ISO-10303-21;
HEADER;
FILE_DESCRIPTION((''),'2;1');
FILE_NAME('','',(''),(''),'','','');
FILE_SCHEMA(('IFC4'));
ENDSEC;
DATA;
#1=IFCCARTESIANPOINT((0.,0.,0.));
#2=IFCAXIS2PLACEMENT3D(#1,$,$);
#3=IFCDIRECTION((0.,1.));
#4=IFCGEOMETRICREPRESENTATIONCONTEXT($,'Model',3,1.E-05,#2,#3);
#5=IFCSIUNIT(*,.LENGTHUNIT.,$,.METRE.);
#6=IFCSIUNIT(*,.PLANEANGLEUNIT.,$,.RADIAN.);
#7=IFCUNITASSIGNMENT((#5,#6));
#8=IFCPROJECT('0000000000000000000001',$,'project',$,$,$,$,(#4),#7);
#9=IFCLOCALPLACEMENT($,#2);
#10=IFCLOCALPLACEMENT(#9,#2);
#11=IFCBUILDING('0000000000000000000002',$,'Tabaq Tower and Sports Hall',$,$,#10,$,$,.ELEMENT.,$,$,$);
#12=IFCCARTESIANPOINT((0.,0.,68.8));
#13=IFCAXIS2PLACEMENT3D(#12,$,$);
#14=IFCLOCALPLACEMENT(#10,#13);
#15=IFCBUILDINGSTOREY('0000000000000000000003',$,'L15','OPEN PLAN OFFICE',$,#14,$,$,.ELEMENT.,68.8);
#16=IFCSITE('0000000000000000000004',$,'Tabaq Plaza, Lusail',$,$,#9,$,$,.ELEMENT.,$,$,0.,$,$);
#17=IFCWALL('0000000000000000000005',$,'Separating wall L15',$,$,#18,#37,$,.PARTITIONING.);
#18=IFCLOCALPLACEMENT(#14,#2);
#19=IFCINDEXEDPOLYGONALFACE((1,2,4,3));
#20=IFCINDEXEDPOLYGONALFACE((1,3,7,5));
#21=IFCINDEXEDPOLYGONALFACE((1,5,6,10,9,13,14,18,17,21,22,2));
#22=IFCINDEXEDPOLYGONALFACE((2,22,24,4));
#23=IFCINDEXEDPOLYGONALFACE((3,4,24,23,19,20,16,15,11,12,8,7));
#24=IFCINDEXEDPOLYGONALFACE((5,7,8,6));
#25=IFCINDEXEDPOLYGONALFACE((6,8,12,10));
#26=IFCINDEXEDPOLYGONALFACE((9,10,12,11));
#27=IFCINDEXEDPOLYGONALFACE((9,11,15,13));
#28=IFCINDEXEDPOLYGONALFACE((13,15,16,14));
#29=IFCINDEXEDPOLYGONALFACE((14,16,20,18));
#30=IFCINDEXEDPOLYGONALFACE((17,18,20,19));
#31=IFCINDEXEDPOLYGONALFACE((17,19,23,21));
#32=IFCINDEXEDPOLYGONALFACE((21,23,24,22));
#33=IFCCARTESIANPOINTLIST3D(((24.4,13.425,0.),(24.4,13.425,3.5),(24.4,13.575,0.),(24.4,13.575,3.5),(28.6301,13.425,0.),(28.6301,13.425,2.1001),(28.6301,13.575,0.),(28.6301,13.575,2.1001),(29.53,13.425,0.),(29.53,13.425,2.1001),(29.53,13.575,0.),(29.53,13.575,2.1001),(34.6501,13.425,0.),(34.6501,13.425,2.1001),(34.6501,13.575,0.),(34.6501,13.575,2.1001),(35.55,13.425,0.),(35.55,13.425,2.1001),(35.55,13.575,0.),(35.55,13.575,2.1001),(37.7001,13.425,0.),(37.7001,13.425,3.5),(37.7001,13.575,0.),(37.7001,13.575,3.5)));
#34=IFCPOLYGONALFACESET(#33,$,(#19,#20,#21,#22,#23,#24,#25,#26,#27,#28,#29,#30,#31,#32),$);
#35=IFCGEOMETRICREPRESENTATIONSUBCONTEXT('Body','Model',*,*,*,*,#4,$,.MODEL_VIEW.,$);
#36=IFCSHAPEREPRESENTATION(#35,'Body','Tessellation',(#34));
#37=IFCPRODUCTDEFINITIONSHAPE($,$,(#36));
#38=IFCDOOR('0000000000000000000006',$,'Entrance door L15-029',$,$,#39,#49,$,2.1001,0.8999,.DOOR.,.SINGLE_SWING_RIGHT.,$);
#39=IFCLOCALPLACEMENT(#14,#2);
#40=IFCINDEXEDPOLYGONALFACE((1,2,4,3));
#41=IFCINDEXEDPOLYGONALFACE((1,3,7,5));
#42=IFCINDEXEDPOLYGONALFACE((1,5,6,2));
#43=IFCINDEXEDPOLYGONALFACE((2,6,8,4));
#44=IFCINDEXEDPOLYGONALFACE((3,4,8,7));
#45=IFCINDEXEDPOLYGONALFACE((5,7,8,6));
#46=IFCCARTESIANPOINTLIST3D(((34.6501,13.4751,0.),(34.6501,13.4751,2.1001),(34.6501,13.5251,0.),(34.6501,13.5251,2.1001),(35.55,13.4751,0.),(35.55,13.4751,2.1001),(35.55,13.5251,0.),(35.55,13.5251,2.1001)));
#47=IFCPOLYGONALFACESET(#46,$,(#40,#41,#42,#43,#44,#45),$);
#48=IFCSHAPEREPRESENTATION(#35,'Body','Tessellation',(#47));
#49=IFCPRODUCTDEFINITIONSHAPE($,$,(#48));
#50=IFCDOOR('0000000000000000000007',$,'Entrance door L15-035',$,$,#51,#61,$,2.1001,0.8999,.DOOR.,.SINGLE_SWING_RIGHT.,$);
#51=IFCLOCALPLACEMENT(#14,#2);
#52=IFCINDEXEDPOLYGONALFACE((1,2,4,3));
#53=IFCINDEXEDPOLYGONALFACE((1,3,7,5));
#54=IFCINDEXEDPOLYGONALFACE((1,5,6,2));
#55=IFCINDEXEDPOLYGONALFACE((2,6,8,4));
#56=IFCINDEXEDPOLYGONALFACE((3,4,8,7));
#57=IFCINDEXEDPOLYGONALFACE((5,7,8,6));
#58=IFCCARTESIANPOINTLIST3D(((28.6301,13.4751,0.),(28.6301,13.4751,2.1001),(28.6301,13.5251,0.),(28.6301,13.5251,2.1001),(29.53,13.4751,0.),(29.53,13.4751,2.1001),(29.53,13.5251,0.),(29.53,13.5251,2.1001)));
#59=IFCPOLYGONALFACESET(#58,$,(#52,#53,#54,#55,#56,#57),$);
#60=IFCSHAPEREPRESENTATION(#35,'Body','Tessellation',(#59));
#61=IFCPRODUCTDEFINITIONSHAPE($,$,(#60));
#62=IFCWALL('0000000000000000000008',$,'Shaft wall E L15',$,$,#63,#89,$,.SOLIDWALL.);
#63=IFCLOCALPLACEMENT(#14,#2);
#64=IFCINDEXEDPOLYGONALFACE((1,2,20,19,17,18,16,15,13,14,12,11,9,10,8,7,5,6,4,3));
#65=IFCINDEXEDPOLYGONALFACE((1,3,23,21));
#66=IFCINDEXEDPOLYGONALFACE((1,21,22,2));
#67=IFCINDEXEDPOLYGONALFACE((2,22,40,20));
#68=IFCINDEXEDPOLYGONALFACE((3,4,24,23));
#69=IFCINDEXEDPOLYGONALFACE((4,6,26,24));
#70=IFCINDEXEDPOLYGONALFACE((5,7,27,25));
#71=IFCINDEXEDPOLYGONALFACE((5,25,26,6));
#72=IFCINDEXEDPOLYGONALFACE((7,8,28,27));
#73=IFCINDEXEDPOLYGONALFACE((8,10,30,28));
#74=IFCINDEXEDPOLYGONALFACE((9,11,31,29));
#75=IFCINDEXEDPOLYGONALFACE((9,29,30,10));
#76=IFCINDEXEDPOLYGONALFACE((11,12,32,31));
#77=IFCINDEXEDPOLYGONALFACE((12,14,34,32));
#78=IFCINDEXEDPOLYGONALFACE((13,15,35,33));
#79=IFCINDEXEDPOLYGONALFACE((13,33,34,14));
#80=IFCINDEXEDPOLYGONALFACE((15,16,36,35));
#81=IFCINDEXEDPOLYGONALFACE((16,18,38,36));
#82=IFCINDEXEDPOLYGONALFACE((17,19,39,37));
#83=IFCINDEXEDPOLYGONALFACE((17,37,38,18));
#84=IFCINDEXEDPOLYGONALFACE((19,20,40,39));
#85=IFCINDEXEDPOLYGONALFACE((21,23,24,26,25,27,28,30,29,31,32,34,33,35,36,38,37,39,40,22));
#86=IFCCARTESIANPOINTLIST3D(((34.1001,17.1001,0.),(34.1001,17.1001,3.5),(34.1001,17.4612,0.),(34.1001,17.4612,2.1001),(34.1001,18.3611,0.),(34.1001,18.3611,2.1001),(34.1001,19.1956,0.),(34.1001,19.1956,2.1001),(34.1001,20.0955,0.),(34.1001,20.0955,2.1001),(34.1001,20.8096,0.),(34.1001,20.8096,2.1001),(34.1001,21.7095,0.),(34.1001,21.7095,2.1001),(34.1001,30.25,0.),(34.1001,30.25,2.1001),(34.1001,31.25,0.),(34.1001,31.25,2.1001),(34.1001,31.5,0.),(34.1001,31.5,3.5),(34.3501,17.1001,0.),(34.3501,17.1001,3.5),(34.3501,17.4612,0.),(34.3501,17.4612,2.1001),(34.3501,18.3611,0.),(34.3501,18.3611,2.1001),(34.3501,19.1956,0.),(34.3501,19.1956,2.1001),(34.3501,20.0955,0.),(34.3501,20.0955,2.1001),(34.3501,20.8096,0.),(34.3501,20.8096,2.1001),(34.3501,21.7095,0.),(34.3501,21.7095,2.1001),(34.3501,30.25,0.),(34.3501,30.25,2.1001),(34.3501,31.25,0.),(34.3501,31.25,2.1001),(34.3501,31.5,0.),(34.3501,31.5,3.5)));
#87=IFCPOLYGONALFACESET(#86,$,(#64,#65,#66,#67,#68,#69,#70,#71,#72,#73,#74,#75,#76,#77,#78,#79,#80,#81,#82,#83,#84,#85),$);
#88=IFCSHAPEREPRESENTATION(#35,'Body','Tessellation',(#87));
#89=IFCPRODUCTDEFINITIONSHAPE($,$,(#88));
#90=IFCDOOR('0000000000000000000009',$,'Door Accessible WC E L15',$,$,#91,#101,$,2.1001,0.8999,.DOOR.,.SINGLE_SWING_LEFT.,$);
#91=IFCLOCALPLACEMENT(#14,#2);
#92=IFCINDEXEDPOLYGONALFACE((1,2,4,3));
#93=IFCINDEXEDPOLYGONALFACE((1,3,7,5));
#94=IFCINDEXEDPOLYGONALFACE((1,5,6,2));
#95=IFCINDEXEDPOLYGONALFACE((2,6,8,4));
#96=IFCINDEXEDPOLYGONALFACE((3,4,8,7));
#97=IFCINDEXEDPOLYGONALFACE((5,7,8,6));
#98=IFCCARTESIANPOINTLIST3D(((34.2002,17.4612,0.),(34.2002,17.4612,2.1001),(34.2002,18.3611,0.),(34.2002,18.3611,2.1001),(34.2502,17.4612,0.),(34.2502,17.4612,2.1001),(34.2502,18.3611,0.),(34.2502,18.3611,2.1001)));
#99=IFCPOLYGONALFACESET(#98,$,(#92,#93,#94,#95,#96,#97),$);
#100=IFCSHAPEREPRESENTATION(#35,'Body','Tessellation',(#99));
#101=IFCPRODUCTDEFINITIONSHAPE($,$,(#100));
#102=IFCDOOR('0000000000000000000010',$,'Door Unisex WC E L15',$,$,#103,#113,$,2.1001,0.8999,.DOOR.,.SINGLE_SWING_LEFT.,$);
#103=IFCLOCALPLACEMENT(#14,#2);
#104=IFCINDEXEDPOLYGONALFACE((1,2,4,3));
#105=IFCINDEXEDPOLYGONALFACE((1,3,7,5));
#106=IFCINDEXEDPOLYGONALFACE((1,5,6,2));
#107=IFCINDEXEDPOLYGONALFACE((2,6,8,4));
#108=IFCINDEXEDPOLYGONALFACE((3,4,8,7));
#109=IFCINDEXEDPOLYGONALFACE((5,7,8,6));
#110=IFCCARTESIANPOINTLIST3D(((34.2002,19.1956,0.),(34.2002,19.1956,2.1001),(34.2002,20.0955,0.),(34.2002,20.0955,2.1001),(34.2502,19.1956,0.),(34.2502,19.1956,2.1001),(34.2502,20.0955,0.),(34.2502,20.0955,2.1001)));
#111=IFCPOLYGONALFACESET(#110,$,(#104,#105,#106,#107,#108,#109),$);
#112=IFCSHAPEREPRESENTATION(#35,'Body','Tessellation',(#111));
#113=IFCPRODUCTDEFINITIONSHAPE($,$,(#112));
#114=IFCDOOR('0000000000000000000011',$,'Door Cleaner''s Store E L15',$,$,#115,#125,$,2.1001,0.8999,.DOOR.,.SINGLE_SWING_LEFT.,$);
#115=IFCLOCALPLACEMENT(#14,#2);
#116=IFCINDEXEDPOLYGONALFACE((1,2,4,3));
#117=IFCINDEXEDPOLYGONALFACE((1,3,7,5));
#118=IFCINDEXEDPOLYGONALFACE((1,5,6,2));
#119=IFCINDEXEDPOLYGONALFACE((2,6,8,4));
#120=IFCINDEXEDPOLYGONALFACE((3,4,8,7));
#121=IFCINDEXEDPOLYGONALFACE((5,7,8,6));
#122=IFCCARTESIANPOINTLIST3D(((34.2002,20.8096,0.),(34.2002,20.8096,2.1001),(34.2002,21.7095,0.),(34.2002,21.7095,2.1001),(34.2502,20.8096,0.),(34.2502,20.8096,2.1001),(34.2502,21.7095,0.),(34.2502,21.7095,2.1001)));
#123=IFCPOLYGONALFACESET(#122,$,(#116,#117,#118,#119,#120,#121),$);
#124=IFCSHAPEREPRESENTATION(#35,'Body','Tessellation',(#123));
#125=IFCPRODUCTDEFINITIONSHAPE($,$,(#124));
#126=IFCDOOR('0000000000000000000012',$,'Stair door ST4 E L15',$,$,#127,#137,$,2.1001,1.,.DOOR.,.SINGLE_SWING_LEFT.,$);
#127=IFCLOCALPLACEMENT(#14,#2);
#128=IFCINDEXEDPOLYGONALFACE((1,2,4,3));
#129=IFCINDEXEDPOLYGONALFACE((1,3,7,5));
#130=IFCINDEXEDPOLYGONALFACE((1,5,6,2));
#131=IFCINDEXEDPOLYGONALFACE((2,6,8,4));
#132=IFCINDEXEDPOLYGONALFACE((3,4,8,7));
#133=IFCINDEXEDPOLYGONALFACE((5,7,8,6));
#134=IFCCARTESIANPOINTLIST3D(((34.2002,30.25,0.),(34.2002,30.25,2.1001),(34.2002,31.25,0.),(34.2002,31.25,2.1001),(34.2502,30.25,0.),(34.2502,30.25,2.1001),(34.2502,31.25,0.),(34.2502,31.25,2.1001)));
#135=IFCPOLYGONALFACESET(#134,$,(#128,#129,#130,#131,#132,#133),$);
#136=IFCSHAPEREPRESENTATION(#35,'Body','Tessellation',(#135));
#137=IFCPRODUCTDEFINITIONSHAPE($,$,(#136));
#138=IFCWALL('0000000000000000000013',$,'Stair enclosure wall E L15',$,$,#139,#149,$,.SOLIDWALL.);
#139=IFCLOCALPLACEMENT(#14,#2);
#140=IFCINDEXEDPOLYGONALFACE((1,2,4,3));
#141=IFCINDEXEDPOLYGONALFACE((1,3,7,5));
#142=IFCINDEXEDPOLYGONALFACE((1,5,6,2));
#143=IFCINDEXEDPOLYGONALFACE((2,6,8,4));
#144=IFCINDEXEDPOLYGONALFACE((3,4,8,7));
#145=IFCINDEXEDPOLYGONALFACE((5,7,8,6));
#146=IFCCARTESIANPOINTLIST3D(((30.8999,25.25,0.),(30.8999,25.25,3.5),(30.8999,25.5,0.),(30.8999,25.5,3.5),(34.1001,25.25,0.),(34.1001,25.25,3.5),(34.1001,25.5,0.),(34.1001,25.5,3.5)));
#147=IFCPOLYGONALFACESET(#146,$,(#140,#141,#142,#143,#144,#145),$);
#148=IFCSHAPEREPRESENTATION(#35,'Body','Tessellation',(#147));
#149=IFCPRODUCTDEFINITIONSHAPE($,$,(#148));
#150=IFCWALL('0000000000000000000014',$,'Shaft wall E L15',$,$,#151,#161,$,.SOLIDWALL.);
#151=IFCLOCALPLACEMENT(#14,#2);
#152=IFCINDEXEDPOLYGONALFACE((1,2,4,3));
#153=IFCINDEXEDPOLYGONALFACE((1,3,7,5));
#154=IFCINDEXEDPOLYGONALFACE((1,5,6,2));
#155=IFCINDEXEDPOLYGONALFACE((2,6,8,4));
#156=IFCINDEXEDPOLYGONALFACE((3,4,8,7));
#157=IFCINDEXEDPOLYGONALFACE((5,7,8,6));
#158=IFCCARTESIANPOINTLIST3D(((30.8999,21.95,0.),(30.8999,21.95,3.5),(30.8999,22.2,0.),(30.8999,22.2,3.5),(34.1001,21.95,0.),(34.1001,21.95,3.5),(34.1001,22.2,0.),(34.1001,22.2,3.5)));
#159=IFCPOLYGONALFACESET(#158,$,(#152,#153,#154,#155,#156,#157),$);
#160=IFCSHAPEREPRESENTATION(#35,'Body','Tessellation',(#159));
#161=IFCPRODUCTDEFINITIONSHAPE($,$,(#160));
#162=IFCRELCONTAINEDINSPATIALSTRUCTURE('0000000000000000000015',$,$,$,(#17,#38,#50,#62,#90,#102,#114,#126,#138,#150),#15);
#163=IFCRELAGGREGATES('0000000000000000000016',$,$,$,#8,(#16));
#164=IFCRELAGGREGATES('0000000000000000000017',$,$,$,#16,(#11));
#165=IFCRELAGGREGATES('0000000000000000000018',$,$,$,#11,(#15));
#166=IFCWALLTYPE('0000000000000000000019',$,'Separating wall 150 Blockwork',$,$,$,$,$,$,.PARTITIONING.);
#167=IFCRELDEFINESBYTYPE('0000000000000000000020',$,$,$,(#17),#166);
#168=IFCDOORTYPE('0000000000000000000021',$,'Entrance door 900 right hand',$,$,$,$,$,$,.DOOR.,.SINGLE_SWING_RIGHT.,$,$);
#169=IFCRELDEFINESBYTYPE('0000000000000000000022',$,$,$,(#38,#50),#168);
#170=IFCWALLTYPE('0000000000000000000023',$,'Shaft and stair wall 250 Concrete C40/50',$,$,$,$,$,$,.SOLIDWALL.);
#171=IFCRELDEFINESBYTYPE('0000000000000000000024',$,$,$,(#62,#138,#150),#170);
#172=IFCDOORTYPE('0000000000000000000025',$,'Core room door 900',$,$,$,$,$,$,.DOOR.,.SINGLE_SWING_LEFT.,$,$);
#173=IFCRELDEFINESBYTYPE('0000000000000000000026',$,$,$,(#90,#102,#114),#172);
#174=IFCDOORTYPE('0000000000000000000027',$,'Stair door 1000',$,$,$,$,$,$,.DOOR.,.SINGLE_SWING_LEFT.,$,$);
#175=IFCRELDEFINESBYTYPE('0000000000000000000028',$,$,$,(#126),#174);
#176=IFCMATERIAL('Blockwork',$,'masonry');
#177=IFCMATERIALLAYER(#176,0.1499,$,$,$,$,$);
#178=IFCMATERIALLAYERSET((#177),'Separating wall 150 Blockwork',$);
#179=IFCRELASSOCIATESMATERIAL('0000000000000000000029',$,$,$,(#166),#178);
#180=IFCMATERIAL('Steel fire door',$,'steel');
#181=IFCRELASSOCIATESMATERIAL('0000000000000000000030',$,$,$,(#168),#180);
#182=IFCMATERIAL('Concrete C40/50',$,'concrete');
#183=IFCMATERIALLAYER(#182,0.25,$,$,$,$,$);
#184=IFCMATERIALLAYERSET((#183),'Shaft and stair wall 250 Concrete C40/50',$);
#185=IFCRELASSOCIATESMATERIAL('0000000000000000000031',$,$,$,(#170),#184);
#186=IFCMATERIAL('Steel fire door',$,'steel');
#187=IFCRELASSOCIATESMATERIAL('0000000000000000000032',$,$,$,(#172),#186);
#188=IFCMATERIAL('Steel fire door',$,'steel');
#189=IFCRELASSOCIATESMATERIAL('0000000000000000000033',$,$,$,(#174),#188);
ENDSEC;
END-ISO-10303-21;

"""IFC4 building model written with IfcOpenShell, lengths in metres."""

from ifc_helpers import new_model, si_unit, direction, frame, frame_2d, origin, place, context, subcontext, project, spatial, rectangle, extrude, material, layer, layer_set, type_object, element, fill, save


model = new_model("IFC4")

# Units and contexts
model_context = context("Model", 3, precision=1e-05, world=origin(), true_north=direction((0.0, 1.0)))
body_context = subcontext(model_context, "Body", "Model", "MODEL_VIEW")
ifc_project = project(units=[si_unit("LENGTHUNIT", "METRE"), si_unit("PLANEANGLEUNIT", "RADIAN")], contexts=[model_context])

# Site, building, storey
site_placement = place(None, origin())
site = spatial("IfcSite", under=ifc_project, at=site_placement, Name="Tabaq Plaza, Lusail", CompositionType="ELEMENT", RefElevation=0.0)
building_placement = place(site_placement, origin())
building = spatial("IfcBuilding", under=site, at=building_placement, Name="Tabaq Tower and Sports Hall", CompositionType="ELEMENT")
storey_placement = place(building_placement, frame((0.0, 0.0, 68.8)))
storey = spatial("IfcBuildingStorey", under=building, at=storey_placement, Name="L15", Description="OPEN PLAN OFFICE", CompositionType="ELEMENT", Elevation=68.8)

# Walls, openings, doors
ifc_material_1 = material(Name="Blockwork", Category="masonry")
ifc_layer_1 = layer(ifc_material_1, 0.1499)
ifc_layer_set_1 = layer_set([ifc_layer_1], Name="Separating wall 150 Blockwork")
wall_type_1 = type_object("IfcWallType", Name="Separating wall 150 Blockwork", PredefinedType="PARTITIONING", material=ifc_layer_set_1)
wall_1_placement = place(storey_placement, frame((37.7, 13.5, 0.0), z_axis=(0.0, 0.0, 1.0), x_axis=(-1.0, 0.0, 0.0)))
wall_1 = element("IfcWall", 1, at=wall_1_placement, inside=storey, type_object=wall_type_1, Name="Separating wall L15", PredefinedType="PARTITIONING", context=body_context, shape_type="SweptSolid", body=[
    extrude(rectangle(XDim=13.3, YDim=0.1499, at=frame_2d((6.6499, 0.0))), origin(), (0.0, 0.0, 1.0), 3.5),
])
opening_1_placement = place(wall_1_placement, frame((2.1499, 0.0, 0.0)))
opening_1 = element("IfcOpeningElement", 2, at=opening_1_placement, cuts=wall_1, PredefinedType="OPENING", context=body_context, shape_type="SweptSolid", body=[
    extrude(rectangle(XDim=0.8999, YDim=2.1001, at=frame_2d((0.45, 1.05))), frame((0.0, 0.075, 0.0), z_axis=(0.0, -1.0, 0.0), x_axis=(1.0, 0.0, 0.0)), (0.0, 0.0, 1.0), 0.1499),
])
opening_2_placement = place(wall_1_placement, frame((8.1699, 0.0, 0.0)))
opening_2 = element("IfcOpeningElement", 3, at=opening_2_placement, cuts=wall_1, PredefinedType="OPENING", context=body_context, shape_type="SweptSolid", body=[
    extrude(rectangle(XDim=0.8999, YDim=2.1001, at=frame_2d((0.45, 1.05))), frame((0.0, 0.075, 0.0), z_axis=(0.0, -1.0, 0.0), x_axis=(1.0, 0.0, 0.0)), (0.0, 0.0, 1.0), 0.1499),
])
ifc_material_2 = material(Name="Steel fire door", Category="steel")
door_type_1 = type_object("IfcDoorType", Name="Entrance door 900 right hand", OperationType="SINGLE_SWING_RIGHT", PredefinedType="DOOR", material=ifc_material_2)
door_1_placement = place(opening_1_placement, origin())
door_1 = element("IfcDoor", 4, at=door_1_placement, inside=storey, type_object=door_type_1, Name="Entrance door L15-029", OperationType="SINGLE_SWING_RIGHT", OverallHeight=2.1001, OverallWidth=0.8999, PredefinedType="DOOR", context=body_context, shape_type="SweptSolid", body=[
    extrude(rectangle(XDim=0.8999, YDim=2.1001, at=frame_2d((0.45, 1.05))), frame((0.0, 0.0249, 0.0), z_axis=(0.0, -1.0, 0.0), x_axis=(1.0, 0.0, 0.0)), (0.0, 0.0, 1.0), 0.05),
])
fill(opening_1, door_1)
door_2_placement = place(opening_2_placement, origin())
door_2 = element("IfcDoor", 5, at=door_2_placement, inside=storey, type_object=door_type_1, Name="Entrance door L15-035", OperationType="SINGLE_SWING_RIGHT", OverallHeight=2.1001, OverallWidth=0.8999, PredefinedType="DOOR", context=body_context, shape_type="SweptSolid", body=[
    extrude(rectangle(XDim=0.8999, YDim=2.1001, at=frame_2d((0.45, 1.05))), frame((0.0, 0.0249, 0.0), z_axis=(0.0, -1.0, 0.0), x_axis=(1.0, 0.0, 0.0)), (0.0, 0.0, 1.0), 0.05),
])
fill(opening_2, door_2)
ifc_material_3 = material(Name="Concrete C40/50", Category="concrete")
ifc_layer_2 = layer(ifc_material_3, 0.25)
ifc_layer_set_2 = layer_set([ifc_layer_2], Name="Shaft and stair wall 250 Concrete C40/50")
wall_type_2 = type_object("IfcWallType", Name="Shaft and stair wall 250 Concrete C40/50", PredefinedType="SOLIDWALL", material=ifc_layer_set_2)
wall_2_placement = place(storey_placement, frame((34.2251, 17.1001, 0.0), z_axis=(0.0, 0.0, 1.0), x_axis=(0.0, 1.0, 0.0)))
wall_2 = element("IfcWall", 6, at=wall_2_placement, inside=storey, type_object=wall_type_2, Name="Shaft wall E L15", PredefinedType="SOLIDWALL", context=body_context, shape_type="SweptSolid", body=[
    extrude(rectangle(XDim=14.3999, YDim=0.25, at=frame_2d((7.2, 0.0))), origin(), (0.0, 0.0, 1.0), 3.5),
])
opening_3_placement = place(wall_2_placement, frame((13.1499, 0.0, 0.0)))
opening_3 = element("IfcOpeningElement", 7, at=opening_3_placement, cuts=wall_2, PredefinedType="OPENING", context=body_context, shape_type="SweptSolid", body=[
    extrude(rectangle(XDim=1.0, YDim=2.1001, at=frame_2d((0.5, 1.05))), frame((0.0, 0.125, 0.0), z_axis=(0.0, -1.0, 0.0), x_axis=(1.0, 0.0, 0.0)), (0.0, 0.0, 1.0), 0.25),
])
opening_4_placement = place(wall_2_placement, frame((0.3611, 0.0, 0.0)))
opening_4 = element("IfcOpeningElement", 8, at=opening_4_placement, cuts=wall_2, PredefinedType="OPENING", context=body_context, shape_type="SweptSolid", body=[
    extrude(rectangle(XDim=0.8999, YDim=2.1001, at=frame_2d((0.45, 1.05))), frame((0.0, 0.125, 0.0), z_axis=(0.0, -1.0, 0.0), x_axis=(1.0, 0.0, 0.0)), (0.0, 0.0, 1.0), 0.25),
])
opening_5_placement = place(wall_2_placement, frame((2.0955, 0.0, 0.0)))
opening_5 = element("IfcOpeningElement", 9, at=opening_5_placement, cuts=wall_2, PredefinedType="OPENING", context=body_context, shape_type="SweptSolid", body=[
    extrude(rectangle(XDim=0.8999, YDim=2.1001, at=frame_2d((0.45, 1.05))), frame((0.0, 0.125, 0.0), z_axis=(0.0, -1.0, 0.0), x_axis=(1.0, 0.0, 0.0)), (0.0, 0.0, 1.0), 0.25),
])
opening_6_placement = place(wall_2_placement, frame((3.7095, 0.0, 0.0)))
opening_6 = element("IfcOpeningElement", 10, at=opening_6_placement, cuts=wall_2, PredefinedType="OPENING", context=body_context, shape_type="SweptSolid", body=[
    extrude(rectangle(XDim=0.8999, YDim=2.1001, at=frame_2d((0.45, 1.05))), frame((0.0, 0.125, 0.0), z_axis=(0.0, -1.0, 0.0), x_axis=(1.0, 0.0, 0.0)), (0.0, 0.0, 1.0), 0.25),
])
ifc_material_4 = material(Name="Steel fire door", Category="steel")
door_type_2 = type_object("IfcDoorType", Name="Core room door 900", OperationType="SINGLE_SWING_LEFT", PredefinedType="DOOR", material=ifc_material_4)
door_3_placement = place(opening_4_placement, origin())
door_3 = element("IfcDoor", 11, at=door_3_placement, inside=storey, type_object=door_type_2, Name="Door Accessible WC E L15", OperationType="SINGLE_SWING_LEFT", OverallHeight=2.1001, OverallWidth=0.8999, PredefinedType="DOOR", context=body_context, shape_type="SweptSolid", body=[
    extrude(rectangle(XDim=0.8999, YDim=2.1001, at=frame_2d((0.45, 1.05))), frame((0.0, 0.0249, 0.0), z_axis=(0.0, -1.0, 0.0), x_axis=(1.0, 0.0, 0.0)), (0.0, 0.0, 1.0), 0.05),
])
fill(opening_4, door_3)
door_4_placement = place(opening_5_placement, origin())
door_4 = element("IfcDoor", 12, at=door_4_placement, inside=storey, type_object=door_type_2, Name="Door Unisex WC E L15", OperationType="SINGLE_SWING_LEFT", OverallHeight=2.1001, OverallWidth=0.8999, PredefinedType="DOOR", context=body_context, shape_type="SweptSolid", body=[
    extrude(rectangle(XDim=0.8999, YDim=2.1001, at=frame_2d((0.45, 1.05))), frame((0.0, 0.0249, 0.0), z_axis=(0.0, -1.0, 0.0), x_axis=(1.0, 0.0, 0.0)), (0.0, 0.0, 1.0), 0.05),
])
fill(opening_5, door_4)
door_5_placement = place(opening_6_placement, origin())
door_5 = element("IfcDoor", 13, at=door_5_placement, inside=storey, type_object=door_type_2, Name="Door Cleaner's Store E L15", OperationType="SINGLE_SWING_LEFT", OverallHeight=2.1001, OverallWidth=0.8999, PredefinedType="DOOR", context=body_context, shape_type="SweptSolid", body=[
    extrude(rectangle(XDim=0.8999, YDim=2.1001, at=frame_2d((0.45, 1.05))), frame((0.0, 0.0249, 0.0), z_axis=(0.0, -1.0, 0.0), x_axis=(1.0, 0.0, 0.0)), (0.0, 0.0, 1.0), 0.05),
])
fill(opening_6, door_5)
ifc_material_5 = material(Name="Steel fire door", Category="steel")
door_type_3 = type_object("IfcDoorType", Name="Stair door 1000", OperationType="SINGLE_SWING_LEFT", PredefinedType="DOOR", material=ifc_material_5)
door_6_placement = place(opening_3_placement, origin())
door_6 = element("IfcDoor", 14, at=door_6_placement, inside=storey, type_object=door_type_3, Name="Stair door ST4 E L15", OperationType="SINGLE_SWING_LEFT", OverallHeight=2.1001, OverallWidth=1.0, PredefinedType="DOOR", context=body_context, shape_type="SweptSolid", body=[
    extrude(rectangle(XDim=1.0, YDim=2.1001, at=frame_2d((0.5, 1.05))), frame((0.0, 0.0249, 0.0), z_axis=(0.0, -1.0, 0.0), x_axis=(1.0, 0.0, 0.0)), (0.0, 0.0, 1.0), 0.05),
])
fill(opening_3, door_6)

# Walls
for number, where, z_axis, x_axis, name in (
    (15, (30.8999, 25.375, 0.0), (0.0, 0.0, 1.0), (1.0, 0.0, 0.0), "Stair enclosure wall E L15"),
    (16, (30.8999, 22.075, 0.0), (0.0, 0.0, 1.0), (1.0, 0.0, 0.0), "Shaft wall E L15"),
):
    element("IfcWall", number, at=place(storey_placement, frame(where, z_axis=z_axis, x_axis=x_axis)), inside=storey, type_object=wall_type_2, Name=name, PredefinedType="SOLIDWALL", context=body_context, shape_type="SweptSolid", body=[
        extrude(rectangle(XDim=3.2002, YDim=0.25, at=frame_2d((1.6001, 0.0))), origin(), (0.0, 0.0, 1.0), 3.5),
    ])

save(model, "model.ifc")
